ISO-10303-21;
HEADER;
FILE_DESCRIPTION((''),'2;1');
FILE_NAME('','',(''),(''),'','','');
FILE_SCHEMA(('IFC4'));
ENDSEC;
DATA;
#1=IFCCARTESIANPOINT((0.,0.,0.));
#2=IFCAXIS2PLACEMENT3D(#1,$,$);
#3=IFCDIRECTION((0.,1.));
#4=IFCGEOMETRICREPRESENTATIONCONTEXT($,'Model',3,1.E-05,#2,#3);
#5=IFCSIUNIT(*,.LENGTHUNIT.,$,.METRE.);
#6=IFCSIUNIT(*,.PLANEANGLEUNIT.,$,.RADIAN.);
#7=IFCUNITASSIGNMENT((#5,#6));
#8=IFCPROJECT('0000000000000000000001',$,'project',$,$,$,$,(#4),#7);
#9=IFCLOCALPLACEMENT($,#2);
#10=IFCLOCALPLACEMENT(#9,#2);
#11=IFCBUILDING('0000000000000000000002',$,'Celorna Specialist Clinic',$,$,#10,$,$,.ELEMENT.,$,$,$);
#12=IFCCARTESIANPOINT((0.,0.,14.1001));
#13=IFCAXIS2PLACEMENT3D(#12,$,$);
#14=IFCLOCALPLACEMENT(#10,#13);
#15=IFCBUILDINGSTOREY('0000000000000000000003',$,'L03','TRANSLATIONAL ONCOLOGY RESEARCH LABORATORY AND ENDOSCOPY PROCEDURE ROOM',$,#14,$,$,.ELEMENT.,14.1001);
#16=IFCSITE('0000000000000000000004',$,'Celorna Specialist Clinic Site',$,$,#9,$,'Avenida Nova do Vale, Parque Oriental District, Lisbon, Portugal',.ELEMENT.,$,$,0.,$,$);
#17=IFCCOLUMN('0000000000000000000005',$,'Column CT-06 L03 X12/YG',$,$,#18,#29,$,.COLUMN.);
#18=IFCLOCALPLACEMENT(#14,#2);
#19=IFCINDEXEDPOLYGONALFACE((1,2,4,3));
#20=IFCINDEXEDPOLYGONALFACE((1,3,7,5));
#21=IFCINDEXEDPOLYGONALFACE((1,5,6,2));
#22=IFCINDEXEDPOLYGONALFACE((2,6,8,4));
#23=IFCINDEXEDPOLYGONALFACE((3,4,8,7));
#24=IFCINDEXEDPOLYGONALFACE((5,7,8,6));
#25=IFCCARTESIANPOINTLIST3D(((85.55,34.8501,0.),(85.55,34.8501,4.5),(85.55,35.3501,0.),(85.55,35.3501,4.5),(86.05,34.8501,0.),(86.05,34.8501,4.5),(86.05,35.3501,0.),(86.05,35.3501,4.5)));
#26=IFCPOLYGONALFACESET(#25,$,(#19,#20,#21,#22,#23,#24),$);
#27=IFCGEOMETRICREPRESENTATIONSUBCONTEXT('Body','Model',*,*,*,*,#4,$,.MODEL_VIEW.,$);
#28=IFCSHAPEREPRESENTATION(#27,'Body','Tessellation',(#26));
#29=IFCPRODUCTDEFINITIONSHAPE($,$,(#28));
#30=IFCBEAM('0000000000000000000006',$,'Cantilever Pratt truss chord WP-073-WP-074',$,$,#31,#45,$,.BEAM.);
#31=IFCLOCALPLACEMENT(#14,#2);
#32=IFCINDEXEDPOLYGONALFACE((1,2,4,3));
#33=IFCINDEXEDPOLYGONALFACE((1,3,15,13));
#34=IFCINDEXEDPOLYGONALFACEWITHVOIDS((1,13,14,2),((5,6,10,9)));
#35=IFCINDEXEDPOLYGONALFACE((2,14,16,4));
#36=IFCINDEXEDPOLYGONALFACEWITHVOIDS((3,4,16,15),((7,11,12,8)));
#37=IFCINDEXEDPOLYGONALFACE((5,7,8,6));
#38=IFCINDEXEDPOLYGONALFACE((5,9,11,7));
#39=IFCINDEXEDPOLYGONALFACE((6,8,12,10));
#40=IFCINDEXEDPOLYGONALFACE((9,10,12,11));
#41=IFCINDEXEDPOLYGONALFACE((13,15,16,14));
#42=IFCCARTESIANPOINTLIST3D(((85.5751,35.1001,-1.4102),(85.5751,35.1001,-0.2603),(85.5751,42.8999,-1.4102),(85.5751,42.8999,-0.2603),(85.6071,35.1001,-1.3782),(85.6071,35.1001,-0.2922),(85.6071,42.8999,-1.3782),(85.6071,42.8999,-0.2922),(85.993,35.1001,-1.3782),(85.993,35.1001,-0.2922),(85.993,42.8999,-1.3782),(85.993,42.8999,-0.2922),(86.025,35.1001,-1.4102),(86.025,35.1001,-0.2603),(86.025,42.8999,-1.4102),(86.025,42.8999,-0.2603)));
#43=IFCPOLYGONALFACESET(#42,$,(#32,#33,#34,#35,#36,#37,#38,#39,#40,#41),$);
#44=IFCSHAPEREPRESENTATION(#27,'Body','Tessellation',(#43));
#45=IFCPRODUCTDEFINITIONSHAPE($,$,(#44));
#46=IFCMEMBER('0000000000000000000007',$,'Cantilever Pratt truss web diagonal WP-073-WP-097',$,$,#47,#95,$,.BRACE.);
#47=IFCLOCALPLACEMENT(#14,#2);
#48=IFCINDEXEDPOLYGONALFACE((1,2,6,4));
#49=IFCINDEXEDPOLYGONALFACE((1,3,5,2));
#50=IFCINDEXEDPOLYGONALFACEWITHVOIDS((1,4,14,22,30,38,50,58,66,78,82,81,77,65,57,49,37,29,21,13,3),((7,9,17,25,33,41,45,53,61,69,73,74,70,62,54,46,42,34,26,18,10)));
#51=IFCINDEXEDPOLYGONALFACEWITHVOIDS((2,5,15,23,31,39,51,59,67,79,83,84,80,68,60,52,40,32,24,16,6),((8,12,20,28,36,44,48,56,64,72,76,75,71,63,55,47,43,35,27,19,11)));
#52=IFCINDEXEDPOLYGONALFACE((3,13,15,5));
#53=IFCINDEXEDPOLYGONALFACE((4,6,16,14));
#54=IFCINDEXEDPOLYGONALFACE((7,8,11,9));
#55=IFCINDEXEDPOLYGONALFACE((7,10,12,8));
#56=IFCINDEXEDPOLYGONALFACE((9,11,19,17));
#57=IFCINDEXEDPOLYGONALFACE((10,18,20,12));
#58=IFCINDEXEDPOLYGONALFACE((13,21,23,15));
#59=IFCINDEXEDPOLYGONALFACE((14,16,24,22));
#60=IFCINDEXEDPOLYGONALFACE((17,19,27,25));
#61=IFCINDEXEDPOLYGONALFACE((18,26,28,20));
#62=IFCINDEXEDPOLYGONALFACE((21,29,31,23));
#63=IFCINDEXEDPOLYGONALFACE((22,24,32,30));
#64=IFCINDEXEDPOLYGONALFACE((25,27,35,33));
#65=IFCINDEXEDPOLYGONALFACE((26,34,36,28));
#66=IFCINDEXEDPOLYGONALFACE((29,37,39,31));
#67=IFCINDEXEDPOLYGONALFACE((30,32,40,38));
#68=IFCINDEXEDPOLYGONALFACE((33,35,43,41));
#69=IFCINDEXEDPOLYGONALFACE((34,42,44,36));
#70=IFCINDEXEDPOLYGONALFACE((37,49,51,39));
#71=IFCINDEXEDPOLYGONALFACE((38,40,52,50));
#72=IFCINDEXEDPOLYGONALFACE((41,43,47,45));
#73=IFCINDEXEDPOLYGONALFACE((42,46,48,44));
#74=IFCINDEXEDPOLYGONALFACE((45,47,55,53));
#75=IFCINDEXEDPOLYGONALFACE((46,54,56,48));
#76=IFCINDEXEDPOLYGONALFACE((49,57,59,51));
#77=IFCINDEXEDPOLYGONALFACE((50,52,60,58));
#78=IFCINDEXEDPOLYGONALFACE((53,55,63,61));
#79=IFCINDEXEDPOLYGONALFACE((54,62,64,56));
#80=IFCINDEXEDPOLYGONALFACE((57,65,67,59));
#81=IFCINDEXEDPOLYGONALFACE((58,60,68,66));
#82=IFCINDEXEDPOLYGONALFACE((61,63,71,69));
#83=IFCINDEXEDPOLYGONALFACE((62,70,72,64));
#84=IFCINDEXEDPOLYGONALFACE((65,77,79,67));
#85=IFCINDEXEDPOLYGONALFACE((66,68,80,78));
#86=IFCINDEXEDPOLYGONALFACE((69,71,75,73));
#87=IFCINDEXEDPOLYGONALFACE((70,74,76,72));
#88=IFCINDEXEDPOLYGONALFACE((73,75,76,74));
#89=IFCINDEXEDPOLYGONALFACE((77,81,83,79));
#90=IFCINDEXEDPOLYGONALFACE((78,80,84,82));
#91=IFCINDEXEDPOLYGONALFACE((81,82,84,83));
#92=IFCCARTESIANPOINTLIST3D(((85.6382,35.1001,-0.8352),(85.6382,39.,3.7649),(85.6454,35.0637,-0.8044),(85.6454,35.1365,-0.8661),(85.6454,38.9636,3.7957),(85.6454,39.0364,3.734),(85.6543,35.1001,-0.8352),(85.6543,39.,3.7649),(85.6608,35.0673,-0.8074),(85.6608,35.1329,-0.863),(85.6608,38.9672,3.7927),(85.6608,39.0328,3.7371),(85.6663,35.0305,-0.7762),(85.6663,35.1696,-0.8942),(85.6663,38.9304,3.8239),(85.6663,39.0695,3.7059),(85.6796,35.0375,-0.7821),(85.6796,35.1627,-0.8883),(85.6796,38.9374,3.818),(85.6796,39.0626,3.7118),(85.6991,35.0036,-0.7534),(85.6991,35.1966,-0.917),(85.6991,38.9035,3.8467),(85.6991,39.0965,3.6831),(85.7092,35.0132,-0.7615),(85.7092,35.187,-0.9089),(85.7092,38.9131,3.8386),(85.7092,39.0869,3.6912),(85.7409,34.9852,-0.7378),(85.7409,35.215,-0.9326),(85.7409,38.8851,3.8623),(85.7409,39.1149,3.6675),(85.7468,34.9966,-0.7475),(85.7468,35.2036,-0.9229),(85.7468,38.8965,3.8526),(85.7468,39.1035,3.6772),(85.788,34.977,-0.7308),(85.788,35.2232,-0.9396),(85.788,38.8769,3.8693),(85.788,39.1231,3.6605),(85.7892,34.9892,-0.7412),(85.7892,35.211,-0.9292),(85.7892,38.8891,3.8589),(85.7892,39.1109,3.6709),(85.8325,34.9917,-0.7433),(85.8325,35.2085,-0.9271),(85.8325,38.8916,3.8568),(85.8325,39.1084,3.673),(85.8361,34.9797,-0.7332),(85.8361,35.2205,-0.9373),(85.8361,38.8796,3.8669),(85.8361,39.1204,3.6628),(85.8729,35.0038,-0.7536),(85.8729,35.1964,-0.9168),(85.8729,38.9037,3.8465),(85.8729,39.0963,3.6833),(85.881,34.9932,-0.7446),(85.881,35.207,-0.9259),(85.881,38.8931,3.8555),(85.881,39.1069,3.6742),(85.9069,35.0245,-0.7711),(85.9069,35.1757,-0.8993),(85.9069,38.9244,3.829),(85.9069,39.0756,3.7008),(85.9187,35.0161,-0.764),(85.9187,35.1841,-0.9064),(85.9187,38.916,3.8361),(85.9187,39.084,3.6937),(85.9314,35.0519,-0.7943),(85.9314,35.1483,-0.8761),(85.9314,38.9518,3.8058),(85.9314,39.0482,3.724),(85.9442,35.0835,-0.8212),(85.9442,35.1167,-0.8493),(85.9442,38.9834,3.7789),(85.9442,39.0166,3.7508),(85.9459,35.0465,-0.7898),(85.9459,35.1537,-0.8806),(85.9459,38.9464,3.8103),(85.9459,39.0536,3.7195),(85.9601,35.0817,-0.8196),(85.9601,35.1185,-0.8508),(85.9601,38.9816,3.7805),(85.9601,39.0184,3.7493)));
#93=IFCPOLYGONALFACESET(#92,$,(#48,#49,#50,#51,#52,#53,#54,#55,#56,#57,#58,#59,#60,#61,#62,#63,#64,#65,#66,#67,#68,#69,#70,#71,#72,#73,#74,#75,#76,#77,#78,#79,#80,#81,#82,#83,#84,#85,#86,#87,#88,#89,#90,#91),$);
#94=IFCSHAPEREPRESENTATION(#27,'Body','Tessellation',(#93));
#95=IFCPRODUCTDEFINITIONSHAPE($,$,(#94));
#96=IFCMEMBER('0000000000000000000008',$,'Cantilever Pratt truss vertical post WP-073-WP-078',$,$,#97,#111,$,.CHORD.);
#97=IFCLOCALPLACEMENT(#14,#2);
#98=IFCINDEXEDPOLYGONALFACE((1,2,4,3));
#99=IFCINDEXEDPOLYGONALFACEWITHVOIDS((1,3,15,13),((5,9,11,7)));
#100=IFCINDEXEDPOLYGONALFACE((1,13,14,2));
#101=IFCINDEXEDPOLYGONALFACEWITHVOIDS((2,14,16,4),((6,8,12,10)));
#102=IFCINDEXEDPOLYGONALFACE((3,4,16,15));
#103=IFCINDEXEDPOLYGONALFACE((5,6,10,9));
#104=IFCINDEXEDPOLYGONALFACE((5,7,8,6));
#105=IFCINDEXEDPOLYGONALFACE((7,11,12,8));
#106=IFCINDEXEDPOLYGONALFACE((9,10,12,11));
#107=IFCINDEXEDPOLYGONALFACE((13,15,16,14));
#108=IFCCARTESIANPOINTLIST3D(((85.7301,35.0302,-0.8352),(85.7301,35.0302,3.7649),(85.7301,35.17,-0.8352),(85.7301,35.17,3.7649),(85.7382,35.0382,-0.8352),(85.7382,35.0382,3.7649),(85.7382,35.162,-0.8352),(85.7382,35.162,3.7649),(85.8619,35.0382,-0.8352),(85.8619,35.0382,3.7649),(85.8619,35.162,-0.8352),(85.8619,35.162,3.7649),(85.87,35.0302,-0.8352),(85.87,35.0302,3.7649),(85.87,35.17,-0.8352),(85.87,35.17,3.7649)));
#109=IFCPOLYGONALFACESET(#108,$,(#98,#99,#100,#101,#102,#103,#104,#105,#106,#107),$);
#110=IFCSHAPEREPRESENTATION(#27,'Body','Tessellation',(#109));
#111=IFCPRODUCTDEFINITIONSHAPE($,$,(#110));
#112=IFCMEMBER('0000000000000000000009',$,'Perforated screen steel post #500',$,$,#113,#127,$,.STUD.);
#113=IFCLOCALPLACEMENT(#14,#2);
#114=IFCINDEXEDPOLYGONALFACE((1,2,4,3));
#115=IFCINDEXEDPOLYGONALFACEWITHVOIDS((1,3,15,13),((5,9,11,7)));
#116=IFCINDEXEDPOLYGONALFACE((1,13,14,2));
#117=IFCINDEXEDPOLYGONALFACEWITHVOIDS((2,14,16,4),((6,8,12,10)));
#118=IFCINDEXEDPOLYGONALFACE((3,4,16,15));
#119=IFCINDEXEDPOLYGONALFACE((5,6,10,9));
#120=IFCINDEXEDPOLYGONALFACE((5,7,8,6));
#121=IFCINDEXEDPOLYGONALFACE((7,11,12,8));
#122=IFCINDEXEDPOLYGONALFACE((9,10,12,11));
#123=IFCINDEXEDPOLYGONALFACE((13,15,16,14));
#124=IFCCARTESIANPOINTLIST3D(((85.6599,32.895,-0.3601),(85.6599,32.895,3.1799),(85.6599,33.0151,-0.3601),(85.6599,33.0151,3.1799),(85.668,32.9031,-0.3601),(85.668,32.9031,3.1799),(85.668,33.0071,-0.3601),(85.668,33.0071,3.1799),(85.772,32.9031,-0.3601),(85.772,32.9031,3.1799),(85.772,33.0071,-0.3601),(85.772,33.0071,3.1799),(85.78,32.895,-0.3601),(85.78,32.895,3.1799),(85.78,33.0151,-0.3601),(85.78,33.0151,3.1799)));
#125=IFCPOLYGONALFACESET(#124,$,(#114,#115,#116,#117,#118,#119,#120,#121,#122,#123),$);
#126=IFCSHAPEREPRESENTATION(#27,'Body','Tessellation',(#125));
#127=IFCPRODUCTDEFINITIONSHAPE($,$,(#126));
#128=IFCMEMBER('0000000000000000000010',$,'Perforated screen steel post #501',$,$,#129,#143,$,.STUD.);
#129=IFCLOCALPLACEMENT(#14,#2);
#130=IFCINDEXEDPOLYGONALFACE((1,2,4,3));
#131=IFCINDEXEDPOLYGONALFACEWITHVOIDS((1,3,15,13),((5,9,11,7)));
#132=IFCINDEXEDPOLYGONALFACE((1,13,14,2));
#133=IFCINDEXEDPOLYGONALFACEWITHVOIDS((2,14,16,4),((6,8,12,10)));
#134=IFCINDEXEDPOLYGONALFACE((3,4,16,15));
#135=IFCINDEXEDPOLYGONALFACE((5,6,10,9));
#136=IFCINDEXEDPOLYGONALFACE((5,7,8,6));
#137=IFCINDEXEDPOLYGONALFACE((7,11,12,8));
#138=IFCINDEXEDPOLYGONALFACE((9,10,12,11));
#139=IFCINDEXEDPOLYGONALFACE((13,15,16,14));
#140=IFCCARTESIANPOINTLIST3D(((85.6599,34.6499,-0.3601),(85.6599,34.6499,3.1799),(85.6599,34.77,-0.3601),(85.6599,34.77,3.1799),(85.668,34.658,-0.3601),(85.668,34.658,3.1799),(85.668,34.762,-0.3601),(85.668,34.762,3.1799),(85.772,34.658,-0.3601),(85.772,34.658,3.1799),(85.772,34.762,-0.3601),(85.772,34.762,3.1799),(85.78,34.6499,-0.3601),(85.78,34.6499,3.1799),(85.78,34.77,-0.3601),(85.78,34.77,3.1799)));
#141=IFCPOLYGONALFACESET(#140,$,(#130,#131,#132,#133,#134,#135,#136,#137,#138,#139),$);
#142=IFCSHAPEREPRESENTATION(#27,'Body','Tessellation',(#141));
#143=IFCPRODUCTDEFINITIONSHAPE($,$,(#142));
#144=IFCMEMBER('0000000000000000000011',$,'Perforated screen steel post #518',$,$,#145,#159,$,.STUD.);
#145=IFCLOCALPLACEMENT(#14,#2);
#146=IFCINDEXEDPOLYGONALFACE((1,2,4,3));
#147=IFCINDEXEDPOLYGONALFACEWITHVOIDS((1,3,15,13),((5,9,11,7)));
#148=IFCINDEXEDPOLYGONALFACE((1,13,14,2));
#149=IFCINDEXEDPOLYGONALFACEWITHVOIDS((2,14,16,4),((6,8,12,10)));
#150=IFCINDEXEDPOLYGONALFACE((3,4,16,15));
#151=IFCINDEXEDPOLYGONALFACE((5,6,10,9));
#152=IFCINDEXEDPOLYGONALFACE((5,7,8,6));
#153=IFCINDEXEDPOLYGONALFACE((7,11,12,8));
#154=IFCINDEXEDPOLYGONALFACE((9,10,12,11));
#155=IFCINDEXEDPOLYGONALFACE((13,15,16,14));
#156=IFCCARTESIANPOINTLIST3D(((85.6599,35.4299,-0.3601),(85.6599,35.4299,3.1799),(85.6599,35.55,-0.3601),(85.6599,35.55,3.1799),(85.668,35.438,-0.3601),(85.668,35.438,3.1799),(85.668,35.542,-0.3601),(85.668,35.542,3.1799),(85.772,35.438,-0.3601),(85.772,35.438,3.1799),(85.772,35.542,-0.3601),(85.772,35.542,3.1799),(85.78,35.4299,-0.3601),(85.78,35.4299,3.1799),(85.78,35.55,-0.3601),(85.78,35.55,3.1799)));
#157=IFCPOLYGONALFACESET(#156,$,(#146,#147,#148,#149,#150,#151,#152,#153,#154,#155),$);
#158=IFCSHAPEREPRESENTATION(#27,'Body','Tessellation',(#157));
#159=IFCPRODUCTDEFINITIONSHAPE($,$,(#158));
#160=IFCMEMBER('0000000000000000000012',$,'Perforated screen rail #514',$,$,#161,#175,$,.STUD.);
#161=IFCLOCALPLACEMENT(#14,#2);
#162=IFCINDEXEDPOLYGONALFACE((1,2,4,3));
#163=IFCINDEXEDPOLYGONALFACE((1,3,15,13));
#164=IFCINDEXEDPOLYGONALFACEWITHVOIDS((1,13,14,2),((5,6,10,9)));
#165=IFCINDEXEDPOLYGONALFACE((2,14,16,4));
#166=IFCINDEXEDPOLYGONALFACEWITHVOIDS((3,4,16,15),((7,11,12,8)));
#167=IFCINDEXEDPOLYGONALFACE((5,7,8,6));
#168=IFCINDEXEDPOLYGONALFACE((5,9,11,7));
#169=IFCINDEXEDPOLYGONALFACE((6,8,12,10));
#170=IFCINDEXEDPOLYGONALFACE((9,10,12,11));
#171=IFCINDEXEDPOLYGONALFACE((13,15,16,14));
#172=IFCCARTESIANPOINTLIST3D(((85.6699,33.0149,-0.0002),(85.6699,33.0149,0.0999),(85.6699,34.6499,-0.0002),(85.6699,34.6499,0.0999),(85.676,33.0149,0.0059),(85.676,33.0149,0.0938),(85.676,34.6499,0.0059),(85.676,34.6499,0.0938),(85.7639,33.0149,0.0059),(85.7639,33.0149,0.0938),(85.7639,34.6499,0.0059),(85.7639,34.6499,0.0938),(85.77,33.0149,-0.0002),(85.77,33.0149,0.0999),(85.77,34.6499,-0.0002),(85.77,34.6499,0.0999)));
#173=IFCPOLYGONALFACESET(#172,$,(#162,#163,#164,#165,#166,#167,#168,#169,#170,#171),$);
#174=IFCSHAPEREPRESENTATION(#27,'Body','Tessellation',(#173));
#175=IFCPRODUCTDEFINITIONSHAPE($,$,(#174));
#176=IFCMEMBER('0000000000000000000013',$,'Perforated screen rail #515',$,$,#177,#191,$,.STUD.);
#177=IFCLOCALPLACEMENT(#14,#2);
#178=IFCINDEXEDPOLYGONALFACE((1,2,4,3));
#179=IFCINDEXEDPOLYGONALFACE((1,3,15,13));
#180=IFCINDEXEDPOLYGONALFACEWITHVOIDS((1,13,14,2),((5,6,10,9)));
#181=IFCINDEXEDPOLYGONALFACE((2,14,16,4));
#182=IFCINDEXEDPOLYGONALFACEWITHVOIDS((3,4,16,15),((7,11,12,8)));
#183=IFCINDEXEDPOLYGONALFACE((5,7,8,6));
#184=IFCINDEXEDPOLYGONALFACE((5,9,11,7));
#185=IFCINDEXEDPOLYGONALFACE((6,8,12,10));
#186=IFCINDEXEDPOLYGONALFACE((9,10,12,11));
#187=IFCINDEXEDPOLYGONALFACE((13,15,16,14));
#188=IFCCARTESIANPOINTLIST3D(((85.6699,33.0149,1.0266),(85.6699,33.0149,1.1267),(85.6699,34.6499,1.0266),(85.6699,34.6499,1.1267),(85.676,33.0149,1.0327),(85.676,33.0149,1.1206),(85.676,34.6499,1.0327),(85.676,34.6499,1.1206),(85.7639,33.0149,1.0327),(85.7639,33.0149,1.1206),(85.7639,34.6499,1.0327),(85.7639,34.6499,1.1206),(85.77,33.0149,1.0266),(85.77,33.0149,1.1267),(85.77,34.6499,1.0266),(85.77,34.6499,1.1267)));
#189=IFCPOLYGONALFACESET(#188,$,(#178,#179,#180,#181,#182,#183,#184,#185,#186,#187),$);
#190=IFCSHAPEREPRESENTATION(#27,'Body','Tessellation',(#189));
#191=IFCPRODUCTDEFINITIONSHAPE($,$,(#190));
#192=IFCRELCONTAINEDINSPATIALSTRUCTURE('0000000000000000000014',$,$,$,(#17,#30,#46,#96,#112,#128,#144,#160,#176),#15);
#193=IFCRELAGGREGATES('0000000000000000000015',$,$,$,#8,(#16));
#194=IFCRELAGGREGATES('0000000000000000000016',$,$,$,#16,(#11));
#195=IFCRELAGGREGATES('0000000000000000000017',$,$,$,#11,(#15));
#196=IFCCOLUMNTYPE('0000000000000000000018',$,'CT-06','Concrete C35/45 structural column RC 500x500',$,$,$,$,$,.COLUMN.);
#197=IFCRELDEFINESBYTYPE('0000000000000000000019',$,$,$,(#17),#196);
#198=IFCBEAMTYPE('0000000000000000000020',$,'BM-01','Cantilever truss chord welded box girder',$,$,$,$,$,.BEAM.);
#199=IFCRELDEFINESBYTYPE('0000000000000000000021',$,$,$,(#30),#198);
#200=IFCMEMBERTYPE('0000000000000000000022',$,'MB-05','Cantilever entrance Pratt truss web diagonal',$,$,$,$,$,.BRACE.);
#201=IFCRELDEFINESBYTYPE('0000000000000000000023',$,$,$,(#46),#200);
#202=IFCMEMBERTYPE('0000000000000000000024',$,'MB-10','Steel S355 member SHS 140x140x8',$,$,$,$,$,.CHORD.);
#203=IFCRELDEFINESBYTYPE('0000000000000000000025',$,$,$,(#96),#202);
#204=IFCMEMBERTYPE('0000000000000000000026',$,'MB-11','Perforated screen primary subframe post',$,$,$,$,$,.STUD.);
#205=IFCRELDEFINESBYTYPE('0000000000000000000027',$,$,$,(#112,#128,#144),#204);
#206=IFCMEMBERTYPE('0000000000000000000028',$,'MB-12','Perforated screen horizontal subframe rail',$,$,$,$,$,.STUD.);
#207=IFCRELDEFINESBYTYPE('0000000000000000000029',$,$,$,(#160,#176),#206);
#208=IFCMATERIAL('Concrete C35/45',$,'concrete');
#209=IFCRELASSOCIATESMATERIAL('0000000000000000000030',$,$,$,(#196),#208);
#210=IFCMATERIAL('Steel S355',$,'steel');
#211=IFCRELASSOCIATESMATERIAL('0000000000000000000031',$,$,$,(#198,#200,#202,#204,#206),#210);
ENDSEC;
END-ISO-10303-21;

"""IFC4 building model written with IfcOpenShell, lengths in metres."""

from ifc_helpers import new_model, si_unit, direction, frame, origin, origin_2d, place, context, subcontext, project, spatial, rectangle, hollow_rectangle, hollow_circle, extrude, material, material_profile, profile_set, type_object, element, save


model = new_model("IFC4")

# Units and contexts
model_context = context("Model", 3, precision=1e-05, world=origin(), true_north=direction((0.0, 1.0)))
body_context = subcontext(model_context, "Body", "Model", "MODEL_VIEW")
ifc_project = project(units=[si_unit("LENGTHUNIT", "METRE"), si_unit("PLANEANGLEUNIT", "RADIAN")], contexts=[model_context])

# Site, building, storey
site_placement = place(None, origin())
site = spatial("IfcSite", under=ifc_project, at=site_placement, Name="Celorna Specialist Clinic Site", LongName="Avenida Nova do Vale, Parque Oriental District, Lisbon, Portugal", CompositionType="ELEMENT", RefElevation=0.0)
building_placement = place(site_placement, origin())
building = spatial("IfcBuilding", under=site, at=building_placement, Name="Celorna Specialist Clinic", CompositionType="ELEMENT")
storey_placement = place(building_placement, frame((0.0, 0.0, 14.1001)))
storey = spatial("IfcBuildingStorey", under=building, at=storey_placement, Name="L03", Description="TRANSLATIONAL ONCOLOGY RESEARCH LABORATORY AND ENDOSCOPY PROCEDURE ROOM", CompositionType="ELEMENT", Elevation=14.1001)

# Column
ifc_material_1 = material(Name="Concrete C35/45", Category="concrete")
ifc_material_profile_1 = material_profile(ifc_material_1, rectangle(XDim=0.5, YDim=0.5, at=origin_2d()), Name="RC 500x500")
ifc_profile_set_1 = profile_set([ifc_material_profile_1], Name="Concrete C35/45")
column_type = type_object("IfcColumnType", Name="CT-06", Description="Concrete C35/45 structural column RC 500x500", PredefinedType="COLUMN", material=ifc_profile_set_1)
column_placement = place(storey_placement, frame((85.8, 35.1001, 0.0), z_axis=(0.0, 0.0, 1.0), x_axis=(1.0, 0.0, 0.0)))
element("IfcColumn", 1, at=column_placement, inside=storey, type_object=column_type, Name="Column CT-06 L03 X12/YG", PredefinedType="COLUMN", context=body_context, shape_type="SweptSolid", body=[
    extrude(rectangle(XDim=0.5, YDim=0.5, at=origin_2d()), origin(), (0.0, 0.0, 1.0), 4.5),
])

# Beam
ifc_material_2 = material(Name="Steel S355", Category="steel")
ifc_material_profile_2 = material_profile(ifc_material_2, hollow_rectangle(XDim=0.45, YDim=1.1499, WallThickness=0.032, at=origin_2d()), Name="BOX 450x1150x32")
ifc_profile_set_2 = profile_set([ifc_material_profile_2], Name="Steel S355")
beam_type = type_object("IfcBeamType", Name="BM-01", Description="Cantilever truss chord welded box girder", PredefinedType="BEAM", material=ifc_profile_set_2)
beam_placement = place(storey_placement, frame((85.8, 35.1001, -0.8352), z_axis=(0.0, 1.0, 0.0), x_axis=(-1.0, 0.0, 0.0)))
element("IfcBeam", 2, at=beam_placement, inside=storey, type_object=beam_type, Name="Cantilever Pratt truss chord WP-073-WP-074", PredefinedType="BEAM", context=body_context, shape_type="SweptSolid", body=[
    extrude(hollow_rectangle(XDim=0.45, YDim=1.1499, WallThickness=0.032, at=origin_2d()), origin(), (0.0, 0.0, 1.0), 7.7998),
])

# Members
ifc_material_profile_3 = material_profile(ifc_material_2, hollow_circle(Radius=0.1619, WallThickness=0.0161, at=origin_2d()), Name="CHS 323.9x16")
ifc_profile_set_3 = profile_set([ifc_material_profile_3], Name="Steel S355")
member_type_1 = type_object("IfcMemberType", Name="MB-05", Description="Cantilever entrance Pratt truss web diagonal", PredefinedType="BRACE", material=ifc_profile_set_3)
member_1_placement = place(storey_placement, frame((85.8, 35.1001, -0.8352), z_axis=(0.0, 0.646668, 0.762772), x_axis=(-1.0, 0.0, 0.0)))
element("IfcMember", 3, at=member_1_placement, inside=storey, type_object=member_type_1, Name="Cantilever Pratt truss web diagonal WP-073-WP-097", PredefinedType="BRACE", context=body_context, shape_type="SweptSolid", body=[
    extrude(hollow_circle(Radius=0.1619, WallThickness=0.0161, at=origin_2d()), origin(), (0.0, 0.0, 1.0), 6.0308),
])
ifc_material_profile_4 = material_profile(ifc_material_2, hollow_rectangle(XDim=0.1399, YDim=0.1399, WallThickness=0.0081, at=origin_2d()), Name="SHS 140x140x8")
ifc_profile_set_4 = profile_set([ifc_material_profile_4], Name="Steel S355")
member_type_2 = type_object("IfcMemberType", Name="MB-10", Description="Steel S355 member SHS 140x140x8", PredefinedType="CHORD", material=ifc_profile_set_4)
member_2_placement = place(storey_placement, frame((85.8, 35.1001, -0.8352), z_axis=(0.0, 0.0, 1.0), x_axis=(1.0, 0.0, 0.0)))
element("IfcMember", 4, at=member_2_placement, inside=storey, type_object=member_type_2, Name="Cantilever Pratt truss vertical post WP-073-WP-078", PredefinedType="CHORD", context=body_context, shape_type="SweptSolid", body=[
    extrude(hollow_rectangle(XDim=0.1399, YDim=0.1399, WallThickness=0.0081, at=origin_2d()), origin(), (0.0, 0.0, 1.0), 4.6001),
])
ifc_material_profile_5 = material_profile(ifc_material_2, hollow_rectangle(XDim=0.1201, YDim=0.1201, WallThickness=0.0081, at=origin_2d()), Name="SHS 120x120x8")
ifc_profile_set_5 = profile_set([ifc_material_profile_5], Name="Steel S355")
member_type_3 = type_object("IfcMemberType", Name="MB-11", Description="Perforated screen primary subframe post", PredefinedType="STUD", material=ifc_profile_set_5)
for number, where, z_axis, x_axis, name in (
    (5, (85.72, 32.9551, -0.3601), (0.0, 0.0, 1.0), (1.0, 0.0, 0.0), "Perforated screen steel post #500"),
    (6, (85.72, 34.71, -0.3601), (0.0, 0.0, 1.0), (1.0, 0.0, 0.0), "Perforated screen steel post #501"),
    (7, (85.72, 35.49, -0.3601), (0.0, 0.0, 1.0), (1.0, 0.0, 0.0), "Perforated screen steel post #518"),
):
    element("IfcMember", number, at=place(storey_placement, frame(where, z_axis=z_axis, x_axis=x_axis)), inside=storey, type_object=member_type_3, Name=name, PredefinedType="STUD", context=body_context, shape_type="SweptSolid", body=[
        extrude(hollow_rectangle(XDim=0.1201, YDim=0.1201, WallThickness=0.0081, at=origin_2d()), origin(), (0.0, 0.0, 1.0), 3.54),
    ])
ifc_material_profile_6 = material_profile(ifc_material_2, hollow_rectangle(XDim=0.1001, YDim=0.1001, WallThickness=0.0061, at=origin_2d()), Name="SHS 100x100x6")
ifc_profile_set_6 = profile_set([ifc_material_profile_6], Name="Steel S355")
member_type_4 = type_object("IfcMemberType", Name="MB-12", Description="Perforated screen horizontal subframe rail", PredefinedType="STUD", material=ifc_profile_set_6)
for number, where, z_axis, x_axis, name in (
    (8, (85.72, 33.0149, 0.0498), (0.0, 1.0, 0.0), (-1.0, 0.0, 0.0), "Perforated screen rail #514"),
    (9, (85.72, 33.0149, 1.0767), (0.0, 1.0, 0.0), (-1.0, 0.0, 0.0), "Perforated screen rail #515"),
):
    element("IfcMember", number, at=place(storey_placement, frame(where, z_axis=z_axis, x_axis=x_axis)), inside=storey, type_object=member_type_4, Name=name, PredefinedType="STUD", context=body_context, shape_type="SweptSolid", body=[
        extrude(hollow_rectangle(XDim=0.1001, YDim=0.1001, WallThickness=0.0061, at=origin_2d()), origin(), (0.0, 0.0, 1.0), 1.635),
    ])

save(model, "model.ifc")
